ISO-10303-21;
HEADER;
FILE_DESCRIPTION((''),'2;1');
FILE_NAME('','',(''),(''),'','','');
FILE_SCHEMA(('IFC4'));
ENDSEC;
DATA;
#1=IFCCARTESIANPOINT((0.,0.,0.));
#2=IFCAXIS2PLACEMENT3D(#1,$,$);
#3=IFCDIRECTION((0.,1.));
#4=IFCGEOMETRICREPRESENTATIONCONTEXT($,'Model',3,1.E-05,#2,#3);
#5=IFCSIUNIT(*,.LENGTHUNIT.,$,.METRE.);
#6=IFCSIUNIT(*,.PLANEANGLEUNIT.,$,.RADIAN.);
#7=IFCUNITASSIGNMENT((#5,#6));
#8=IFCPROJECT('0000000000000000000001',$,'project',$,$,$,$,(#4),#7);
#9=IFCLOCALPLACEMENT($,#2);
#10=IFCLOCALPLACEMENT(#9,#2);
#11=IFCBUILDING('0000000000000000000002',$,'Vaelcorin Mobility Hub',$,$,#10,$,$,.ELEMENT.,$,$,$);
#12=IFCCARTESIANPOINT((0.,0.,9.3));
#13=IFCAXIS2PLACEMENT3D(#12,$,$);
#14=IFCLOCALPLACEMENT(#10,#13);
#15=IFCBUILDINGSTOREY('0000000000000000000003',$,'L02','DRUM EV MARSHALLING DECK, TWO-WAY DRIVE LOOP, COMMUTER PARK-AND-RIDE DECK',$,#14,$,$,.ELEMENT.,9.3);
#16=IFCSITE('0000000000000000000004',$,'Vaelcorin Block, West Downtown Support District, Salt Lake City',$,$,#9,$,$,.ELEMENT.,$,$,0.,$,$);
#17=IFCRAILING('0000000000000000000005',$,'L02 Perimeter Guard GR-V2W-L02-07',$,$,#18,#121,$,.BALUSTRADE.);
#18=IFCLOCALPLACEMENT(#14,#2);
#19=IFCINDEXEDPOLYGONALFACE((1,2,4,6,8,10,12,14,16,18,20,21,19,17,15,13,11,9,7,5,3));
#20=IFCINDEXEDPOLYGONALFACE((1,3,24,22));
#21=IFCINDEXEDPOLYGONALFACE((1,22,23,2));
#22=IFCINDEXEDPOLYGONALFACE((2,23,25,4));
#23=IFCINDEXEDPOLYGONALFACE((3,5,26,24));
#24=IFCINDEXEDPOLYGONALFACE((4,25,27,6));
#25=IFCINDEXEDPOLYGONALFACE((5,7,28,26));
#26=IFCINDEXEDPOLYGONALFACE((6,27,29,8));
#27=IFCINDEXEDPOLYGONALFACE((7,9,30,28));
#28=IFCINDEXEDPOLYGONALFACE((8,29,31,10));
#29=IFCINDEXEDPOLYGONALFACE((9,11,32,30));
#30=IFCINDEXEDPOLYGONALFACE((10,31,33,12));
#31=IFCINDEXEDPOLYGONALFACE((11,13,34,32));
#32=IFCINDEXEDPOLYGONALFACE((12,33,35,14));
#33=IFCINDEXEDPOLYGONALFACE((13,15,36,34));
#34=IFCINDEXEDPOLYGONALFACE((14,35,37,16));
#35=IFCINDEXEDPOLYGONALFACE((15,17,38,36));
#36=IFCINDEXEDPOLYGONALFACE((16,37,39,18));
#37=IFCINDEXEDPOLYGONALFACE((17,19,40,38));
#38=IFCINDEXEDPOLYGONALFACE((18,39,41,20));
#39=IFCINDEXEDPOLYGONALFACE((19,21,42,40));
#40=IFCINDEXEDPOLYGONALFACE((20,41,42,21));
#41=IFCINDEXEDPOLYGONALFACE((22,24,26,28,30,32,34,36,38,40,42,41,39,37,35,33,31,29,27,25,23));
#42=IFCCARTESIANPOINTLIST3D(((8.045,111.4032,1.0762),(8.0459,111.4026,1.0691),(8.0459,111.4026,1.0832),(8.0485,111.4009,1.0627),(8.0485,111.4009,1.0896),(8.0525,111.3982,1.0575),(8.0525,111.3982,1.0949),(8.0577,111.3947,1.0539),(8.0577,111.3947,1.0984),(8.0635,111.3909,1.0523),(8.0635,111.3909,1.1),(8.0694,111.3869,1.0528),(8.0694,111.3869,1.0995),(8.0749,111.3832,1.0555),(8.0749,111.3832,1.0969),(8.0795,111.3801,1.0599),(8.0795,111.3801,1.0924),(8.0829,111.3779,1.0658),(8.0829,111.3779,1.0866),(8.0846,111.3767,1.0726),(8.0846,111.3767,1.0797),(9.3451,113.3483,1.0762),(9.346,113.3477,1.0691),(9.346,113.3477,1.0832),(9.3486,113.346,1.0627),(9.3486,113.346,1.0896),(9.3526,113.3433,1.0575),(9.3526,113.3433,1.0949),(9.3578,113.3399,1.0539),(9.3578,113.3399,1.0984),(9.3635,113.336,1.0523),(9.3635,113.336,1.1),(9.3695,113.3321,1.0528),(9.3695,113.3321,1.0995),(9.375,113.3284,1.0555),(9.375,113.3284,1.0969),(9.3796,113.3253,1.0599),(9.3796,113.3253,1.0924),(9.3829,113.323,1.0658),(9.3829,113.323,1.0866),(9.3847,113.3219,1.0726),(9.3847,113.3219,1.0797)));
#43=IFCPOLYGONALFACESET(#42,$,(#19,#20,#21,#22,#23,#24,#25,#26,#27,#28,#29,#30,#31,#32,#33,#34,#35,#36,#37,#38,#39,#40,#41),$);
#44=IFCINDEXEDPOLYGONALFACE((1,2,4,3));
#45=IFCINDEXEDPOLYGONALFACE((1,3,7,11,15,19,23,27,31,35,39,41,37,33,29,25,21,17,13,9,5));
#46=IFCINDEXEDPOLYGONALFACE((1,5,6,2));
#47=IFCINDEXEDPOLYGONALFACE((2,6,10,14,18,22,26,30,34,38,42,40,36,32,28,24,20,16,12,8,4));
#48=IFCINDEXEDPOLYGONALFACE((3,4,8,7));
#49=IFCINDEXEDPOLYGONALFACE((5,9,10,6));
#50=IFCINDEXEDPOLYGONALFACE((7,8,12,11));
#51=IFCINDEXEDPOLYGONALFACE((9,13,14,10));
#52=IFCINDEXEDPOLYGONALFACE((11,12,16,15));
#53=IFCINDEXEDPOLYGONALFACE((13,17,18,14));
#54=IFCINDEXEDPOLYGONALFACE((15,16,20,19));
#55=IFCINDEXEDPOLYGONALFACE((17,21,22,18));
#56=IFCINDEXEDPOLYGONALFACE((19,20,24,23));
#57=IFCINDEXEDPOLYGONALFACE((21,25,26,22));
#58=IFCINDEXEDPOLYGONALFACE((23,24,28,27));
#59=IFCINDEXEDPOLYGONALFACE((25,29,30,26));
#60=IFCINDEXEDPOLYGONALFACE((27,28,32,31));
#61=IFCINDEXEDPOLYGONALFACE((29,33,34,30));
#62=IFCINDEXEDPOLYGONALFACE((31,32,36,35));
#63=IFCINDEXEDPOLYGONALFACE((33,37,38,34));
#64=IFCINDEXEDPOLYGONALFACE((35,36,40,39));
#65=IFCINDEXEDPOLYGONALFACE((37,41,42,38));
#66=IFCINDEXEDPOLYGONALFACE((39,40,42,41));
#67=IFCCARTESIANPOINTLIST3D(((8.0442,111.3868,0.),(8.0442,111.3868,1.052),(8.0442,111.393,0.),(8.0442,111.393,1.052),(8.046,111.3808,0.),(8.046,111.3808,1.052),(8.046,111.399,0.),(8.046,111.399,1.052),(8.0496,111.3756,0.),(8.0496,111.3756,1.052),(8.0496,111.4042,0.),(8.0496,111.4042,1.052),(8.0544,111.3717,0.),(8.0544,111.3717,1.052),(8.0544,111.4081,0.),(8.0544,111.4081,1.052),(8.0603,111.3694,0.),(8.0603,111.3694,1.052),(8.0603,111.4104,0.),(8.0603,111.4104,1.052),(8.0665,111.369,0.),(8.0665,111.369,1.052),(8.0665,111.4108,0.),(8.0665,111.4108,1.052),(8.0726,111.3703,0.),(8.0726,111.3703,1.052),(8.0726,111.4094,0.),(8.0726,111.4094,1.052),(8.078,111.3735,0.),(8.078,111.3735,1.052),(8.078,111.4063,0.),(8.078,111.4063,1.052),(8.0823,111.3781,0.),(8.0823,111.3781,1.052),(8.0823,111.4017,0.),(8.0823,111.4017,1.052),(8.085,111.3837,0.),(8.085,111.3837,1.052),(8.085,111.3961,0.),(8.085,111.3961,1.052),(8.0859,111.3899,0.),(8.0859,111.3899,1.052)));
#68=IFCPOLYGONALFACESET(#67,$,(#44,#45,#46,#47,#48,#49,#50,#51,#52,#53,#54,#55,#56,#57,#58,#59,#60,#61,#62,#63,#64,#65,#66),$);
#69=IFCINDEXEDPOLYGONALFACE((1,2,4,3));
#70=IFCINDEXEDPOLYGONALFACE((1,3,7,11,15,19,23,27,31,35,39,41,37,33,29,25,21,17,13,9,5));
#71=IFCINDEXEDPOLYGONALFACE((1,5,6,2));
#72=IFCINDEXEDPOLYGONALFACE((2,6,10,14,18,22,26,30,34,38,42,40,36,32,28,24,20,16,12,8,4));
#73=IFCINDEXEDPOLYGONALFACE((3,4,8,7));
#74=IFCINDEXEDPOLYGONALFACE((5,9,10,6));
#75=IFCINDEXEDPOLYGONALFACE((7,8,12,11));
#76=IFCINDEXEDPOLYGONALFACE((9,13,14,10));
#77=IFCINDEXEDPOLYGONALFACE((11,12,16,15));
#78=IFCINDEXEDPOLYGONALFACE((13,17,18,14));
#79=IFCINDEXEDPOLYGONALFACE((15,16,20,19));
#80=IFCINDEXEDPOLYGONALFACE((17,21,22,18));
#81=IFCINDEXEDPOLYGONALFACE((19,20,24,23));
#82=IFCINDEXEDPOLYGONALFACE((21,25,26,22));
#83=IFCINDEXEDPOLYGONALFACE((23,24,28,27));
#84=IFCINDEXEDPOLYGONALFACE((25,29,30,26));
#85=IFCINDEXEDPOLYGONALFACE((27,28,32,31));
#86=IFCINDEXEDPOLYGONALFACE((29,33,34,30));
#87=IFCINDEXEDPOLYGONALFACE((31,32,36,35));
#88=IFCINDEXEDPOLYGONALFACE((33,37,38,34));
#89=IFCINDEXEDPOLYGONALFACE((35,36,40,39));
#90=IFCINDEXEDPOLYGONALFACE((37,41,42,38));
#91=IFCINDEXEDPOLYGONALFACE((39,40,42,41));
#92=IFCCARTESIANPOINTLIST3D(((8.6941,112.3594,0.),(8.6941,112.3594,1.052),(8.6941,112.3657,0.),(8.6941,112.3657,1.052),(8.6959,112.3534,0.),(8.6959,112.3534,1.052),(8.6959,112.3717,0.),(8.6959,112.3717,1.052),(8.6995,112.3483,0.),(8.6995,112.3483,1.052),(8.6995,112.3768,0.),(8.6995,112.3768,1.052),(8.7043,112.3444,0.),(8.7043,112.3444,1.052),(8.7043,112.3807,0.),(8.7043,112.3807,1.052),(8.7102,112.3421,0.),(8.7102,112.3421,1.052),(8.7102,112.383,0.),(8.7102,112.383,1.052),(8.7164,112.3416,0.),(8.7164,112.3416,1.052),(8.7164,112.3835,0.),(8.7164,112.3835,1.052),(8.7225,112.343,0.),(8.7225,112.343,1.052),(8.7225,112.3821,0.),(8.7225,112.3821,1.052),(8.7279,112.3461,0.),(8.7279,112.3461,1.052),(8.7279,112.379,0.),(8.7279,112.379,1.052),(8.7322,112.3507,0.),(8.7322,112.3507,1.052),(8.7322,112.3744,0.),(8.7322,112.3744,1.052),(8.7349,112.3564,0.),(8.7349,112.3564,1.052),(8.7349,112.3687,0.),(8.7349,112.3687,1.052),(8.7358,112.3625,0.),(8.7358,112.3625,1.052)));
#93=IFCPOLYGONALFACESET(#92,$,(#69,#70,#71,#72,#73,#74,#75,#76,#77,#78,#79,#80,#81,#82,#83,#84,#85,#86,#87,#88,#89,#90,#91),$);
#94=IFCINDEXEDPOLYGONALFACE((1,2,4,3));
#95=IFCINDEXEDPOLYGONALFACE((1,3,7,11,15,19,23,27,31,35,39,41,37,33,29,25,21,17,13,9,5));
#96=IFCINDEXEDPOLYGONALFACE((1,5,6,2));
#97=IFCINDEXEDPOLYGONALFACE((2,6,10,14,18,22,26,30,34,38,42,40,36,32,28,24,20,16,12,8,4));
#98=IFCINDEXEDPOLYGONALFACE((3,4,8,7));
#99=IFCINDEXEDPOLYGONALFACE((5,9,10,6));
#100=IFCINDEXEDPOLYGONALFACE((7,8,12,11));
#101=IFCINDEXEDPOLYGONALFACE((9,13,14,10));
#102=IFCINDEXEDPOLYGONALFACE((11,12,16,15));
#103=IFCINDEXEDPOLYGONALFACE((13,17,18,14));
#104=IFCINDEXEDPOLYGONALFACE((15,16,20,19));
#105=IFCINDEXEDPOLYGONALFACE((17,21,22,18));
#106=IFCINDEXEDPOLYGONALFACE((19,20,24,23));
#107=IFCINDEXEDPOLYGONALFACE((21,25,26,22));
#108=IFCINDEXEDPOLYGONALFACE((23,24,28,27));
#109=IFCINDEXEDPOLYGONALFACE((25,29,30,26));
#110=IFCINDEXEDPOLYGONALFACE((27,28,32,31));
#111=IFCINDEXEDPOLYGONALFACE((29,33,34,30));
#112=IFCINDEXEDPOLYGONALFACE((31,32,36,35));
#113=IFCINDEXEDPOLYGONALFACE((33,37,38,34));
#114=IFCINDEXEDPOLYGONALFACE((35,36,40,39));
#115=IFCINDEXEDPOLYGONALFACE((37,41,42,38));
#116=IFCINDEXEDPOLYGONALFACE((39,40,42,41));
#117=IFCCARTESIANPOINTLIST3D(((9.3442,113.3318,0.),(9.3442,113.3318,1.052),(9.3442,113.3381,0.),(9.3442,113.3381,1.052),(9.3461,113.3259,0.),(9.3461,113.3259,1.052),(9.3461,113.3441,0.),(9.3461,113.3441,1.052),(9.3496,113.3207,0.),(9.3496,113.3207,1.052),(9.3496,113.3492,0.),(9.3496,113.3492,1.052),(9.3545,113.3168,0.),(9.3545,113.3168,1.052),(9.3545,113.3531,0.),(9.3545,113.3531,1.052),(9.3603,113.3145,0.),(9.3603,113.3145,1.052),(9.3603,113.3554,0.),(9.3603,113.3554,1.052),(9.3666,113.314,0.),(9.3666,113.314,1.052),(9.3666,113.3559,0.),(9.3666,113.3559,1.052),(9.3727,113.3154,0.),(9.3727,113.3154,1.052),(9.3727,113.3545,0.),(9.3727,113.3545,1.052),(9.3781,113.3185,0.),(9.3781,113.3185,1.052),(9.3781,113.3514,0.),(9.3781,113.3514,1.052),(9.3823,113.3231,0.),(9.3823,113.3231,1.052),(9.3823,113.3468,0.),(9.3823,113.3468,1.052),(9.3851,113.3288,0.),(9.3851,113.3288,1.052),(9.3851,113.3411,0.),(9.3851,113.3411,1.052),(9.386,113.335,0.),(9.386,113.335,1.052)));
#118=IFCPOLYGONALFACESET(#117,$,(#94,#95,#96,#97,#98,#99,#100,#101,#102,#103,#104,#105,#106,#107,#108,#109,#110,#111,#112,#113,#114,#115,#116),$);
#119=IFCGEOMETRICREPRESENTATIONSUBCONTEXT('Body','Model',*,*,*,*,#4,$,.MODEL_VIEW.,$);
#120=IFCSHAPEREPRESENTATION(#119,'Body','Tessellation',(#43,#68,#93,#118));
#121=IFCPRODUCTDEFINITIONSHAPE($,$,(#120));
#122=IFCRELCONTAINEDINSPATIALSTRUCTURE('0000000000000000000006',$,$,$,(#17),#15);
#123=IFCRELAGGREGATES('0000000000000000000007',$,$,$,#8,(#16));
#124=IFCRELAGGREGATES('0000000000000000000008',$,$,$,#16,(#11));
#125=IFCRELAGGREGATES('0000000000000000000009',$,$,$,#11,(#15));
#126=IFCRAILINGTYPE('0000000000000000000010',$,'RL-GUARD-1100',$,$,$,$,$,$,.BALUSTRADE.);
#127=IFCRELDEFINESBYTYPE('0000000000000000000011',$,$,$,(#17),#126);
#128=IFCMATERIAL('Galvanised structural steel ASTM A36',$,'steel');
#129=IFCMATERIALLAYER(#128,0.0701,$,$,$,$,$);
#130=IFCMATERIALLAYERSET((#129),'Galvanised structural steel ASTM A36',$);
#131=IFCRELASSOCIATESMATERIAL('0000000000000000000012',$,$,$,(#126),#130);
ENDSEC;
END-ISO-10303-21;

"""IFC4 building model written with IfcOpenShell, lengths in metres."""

from ifc_helpers import new_model, si_unit, direction, frame, origin, origin_2d, place, context, subcontext, project, spatial, circle, extrude, material, layer, layer_set, type_object, element, save


model = new_model("IFC4")

# Units and contexts
model_context = context("Model", 3, precision=1e-05, world=origin(), true_north=direction((0.0, 1.0)))
body_context = subcontext(model_context, "Body", "Model", "MODEL_VIEW")
ifc_project = project(units=[si_unit("LENGTHUNIT", "METRE"), si_unit("PLANEANGLEUNIT", "RADIAN")], contexts=[model_context])

# Site, building, storey
site_placement = place(None, origin())
site = spatial("IfcSite", under=ifc_project, at=site_placement, Name="Vaelcorin Block, West Downtown Support District, Salt Lake City", CompositionType="ELEMENT", RefElevation=0.0)
building_placement = place(site_placement, origin())
building = spatial("IfcBuilding", under=site, at=building_placement, Name="Vaelcorin Mobility Hub", CompositionType="ELEMENT")
storey_placement = place(building_placement, frame((0.0, 0.0, 9.3)))
storey = spatial("IfcBuildingStorey", under=building, at=storey_placement, Name="L02", Description="DRUM EV MARSHALLING DECK, TWO-WAY DRIVE LOOP, COMMUTER PARK-AND-RIDE DECK", CompositionType="ELEMENT", Elevation=9.3)

# Railing
ifc_material_1 = material(Name="Galvanised structural steel ASTM A36", Category="steel")
ifc_layer_1 = layer(ifc_material_1, 0.0701)
ifc_layer_set_1 = layer_set([ifc_layer_1], Name="Galvanised structural steel ASTM A36")
railing_type = type_object("IfcRailingType", Name="RL-GUARD-1100", PredefinedType="BALUSTRADE", material=ifc_layer_set_1)
railing_1_placement = place(storey_placement, frame((8.0649, 111.3899, 0.0)))
element("IfcRailing", 1, at=railing_1_placement, inside=storey, type_object=railing_type, Name="L02 Perimeter Guard GR-V2W-L02-07", PredefinedType="BALUSTRADE", context=body_context, shape_type="SweptSolid", body=[
    extrude(circle(Radius=0.0239, at=origin_2d()), frame((0.0, 0.0, 1.0762), z_axis=(0.555687, 0.831391, 0.0), x_axis=(-0.831391, 0.555687, 0.0)), (0.0, 0.0, 1.0), 2.3396),
    extrude(circle(Radius=0.021, at=origin_2d()), origin(), (0.0, 0.0, 1.0), 1.052),
    extrude(circle(Radius=0.021, at=origin_2d()), frame((0.6499, 0.9727, 0.0)), (0.0, 0.0, 1.0), 1.052),
    extrude(circle(Radius=0.021, at=origin_2d()), frame((1.3, 1.9451, 0.0)), (0.0, 0.0, 1.0), 1.052),
])

save(model, "model.ifc")
